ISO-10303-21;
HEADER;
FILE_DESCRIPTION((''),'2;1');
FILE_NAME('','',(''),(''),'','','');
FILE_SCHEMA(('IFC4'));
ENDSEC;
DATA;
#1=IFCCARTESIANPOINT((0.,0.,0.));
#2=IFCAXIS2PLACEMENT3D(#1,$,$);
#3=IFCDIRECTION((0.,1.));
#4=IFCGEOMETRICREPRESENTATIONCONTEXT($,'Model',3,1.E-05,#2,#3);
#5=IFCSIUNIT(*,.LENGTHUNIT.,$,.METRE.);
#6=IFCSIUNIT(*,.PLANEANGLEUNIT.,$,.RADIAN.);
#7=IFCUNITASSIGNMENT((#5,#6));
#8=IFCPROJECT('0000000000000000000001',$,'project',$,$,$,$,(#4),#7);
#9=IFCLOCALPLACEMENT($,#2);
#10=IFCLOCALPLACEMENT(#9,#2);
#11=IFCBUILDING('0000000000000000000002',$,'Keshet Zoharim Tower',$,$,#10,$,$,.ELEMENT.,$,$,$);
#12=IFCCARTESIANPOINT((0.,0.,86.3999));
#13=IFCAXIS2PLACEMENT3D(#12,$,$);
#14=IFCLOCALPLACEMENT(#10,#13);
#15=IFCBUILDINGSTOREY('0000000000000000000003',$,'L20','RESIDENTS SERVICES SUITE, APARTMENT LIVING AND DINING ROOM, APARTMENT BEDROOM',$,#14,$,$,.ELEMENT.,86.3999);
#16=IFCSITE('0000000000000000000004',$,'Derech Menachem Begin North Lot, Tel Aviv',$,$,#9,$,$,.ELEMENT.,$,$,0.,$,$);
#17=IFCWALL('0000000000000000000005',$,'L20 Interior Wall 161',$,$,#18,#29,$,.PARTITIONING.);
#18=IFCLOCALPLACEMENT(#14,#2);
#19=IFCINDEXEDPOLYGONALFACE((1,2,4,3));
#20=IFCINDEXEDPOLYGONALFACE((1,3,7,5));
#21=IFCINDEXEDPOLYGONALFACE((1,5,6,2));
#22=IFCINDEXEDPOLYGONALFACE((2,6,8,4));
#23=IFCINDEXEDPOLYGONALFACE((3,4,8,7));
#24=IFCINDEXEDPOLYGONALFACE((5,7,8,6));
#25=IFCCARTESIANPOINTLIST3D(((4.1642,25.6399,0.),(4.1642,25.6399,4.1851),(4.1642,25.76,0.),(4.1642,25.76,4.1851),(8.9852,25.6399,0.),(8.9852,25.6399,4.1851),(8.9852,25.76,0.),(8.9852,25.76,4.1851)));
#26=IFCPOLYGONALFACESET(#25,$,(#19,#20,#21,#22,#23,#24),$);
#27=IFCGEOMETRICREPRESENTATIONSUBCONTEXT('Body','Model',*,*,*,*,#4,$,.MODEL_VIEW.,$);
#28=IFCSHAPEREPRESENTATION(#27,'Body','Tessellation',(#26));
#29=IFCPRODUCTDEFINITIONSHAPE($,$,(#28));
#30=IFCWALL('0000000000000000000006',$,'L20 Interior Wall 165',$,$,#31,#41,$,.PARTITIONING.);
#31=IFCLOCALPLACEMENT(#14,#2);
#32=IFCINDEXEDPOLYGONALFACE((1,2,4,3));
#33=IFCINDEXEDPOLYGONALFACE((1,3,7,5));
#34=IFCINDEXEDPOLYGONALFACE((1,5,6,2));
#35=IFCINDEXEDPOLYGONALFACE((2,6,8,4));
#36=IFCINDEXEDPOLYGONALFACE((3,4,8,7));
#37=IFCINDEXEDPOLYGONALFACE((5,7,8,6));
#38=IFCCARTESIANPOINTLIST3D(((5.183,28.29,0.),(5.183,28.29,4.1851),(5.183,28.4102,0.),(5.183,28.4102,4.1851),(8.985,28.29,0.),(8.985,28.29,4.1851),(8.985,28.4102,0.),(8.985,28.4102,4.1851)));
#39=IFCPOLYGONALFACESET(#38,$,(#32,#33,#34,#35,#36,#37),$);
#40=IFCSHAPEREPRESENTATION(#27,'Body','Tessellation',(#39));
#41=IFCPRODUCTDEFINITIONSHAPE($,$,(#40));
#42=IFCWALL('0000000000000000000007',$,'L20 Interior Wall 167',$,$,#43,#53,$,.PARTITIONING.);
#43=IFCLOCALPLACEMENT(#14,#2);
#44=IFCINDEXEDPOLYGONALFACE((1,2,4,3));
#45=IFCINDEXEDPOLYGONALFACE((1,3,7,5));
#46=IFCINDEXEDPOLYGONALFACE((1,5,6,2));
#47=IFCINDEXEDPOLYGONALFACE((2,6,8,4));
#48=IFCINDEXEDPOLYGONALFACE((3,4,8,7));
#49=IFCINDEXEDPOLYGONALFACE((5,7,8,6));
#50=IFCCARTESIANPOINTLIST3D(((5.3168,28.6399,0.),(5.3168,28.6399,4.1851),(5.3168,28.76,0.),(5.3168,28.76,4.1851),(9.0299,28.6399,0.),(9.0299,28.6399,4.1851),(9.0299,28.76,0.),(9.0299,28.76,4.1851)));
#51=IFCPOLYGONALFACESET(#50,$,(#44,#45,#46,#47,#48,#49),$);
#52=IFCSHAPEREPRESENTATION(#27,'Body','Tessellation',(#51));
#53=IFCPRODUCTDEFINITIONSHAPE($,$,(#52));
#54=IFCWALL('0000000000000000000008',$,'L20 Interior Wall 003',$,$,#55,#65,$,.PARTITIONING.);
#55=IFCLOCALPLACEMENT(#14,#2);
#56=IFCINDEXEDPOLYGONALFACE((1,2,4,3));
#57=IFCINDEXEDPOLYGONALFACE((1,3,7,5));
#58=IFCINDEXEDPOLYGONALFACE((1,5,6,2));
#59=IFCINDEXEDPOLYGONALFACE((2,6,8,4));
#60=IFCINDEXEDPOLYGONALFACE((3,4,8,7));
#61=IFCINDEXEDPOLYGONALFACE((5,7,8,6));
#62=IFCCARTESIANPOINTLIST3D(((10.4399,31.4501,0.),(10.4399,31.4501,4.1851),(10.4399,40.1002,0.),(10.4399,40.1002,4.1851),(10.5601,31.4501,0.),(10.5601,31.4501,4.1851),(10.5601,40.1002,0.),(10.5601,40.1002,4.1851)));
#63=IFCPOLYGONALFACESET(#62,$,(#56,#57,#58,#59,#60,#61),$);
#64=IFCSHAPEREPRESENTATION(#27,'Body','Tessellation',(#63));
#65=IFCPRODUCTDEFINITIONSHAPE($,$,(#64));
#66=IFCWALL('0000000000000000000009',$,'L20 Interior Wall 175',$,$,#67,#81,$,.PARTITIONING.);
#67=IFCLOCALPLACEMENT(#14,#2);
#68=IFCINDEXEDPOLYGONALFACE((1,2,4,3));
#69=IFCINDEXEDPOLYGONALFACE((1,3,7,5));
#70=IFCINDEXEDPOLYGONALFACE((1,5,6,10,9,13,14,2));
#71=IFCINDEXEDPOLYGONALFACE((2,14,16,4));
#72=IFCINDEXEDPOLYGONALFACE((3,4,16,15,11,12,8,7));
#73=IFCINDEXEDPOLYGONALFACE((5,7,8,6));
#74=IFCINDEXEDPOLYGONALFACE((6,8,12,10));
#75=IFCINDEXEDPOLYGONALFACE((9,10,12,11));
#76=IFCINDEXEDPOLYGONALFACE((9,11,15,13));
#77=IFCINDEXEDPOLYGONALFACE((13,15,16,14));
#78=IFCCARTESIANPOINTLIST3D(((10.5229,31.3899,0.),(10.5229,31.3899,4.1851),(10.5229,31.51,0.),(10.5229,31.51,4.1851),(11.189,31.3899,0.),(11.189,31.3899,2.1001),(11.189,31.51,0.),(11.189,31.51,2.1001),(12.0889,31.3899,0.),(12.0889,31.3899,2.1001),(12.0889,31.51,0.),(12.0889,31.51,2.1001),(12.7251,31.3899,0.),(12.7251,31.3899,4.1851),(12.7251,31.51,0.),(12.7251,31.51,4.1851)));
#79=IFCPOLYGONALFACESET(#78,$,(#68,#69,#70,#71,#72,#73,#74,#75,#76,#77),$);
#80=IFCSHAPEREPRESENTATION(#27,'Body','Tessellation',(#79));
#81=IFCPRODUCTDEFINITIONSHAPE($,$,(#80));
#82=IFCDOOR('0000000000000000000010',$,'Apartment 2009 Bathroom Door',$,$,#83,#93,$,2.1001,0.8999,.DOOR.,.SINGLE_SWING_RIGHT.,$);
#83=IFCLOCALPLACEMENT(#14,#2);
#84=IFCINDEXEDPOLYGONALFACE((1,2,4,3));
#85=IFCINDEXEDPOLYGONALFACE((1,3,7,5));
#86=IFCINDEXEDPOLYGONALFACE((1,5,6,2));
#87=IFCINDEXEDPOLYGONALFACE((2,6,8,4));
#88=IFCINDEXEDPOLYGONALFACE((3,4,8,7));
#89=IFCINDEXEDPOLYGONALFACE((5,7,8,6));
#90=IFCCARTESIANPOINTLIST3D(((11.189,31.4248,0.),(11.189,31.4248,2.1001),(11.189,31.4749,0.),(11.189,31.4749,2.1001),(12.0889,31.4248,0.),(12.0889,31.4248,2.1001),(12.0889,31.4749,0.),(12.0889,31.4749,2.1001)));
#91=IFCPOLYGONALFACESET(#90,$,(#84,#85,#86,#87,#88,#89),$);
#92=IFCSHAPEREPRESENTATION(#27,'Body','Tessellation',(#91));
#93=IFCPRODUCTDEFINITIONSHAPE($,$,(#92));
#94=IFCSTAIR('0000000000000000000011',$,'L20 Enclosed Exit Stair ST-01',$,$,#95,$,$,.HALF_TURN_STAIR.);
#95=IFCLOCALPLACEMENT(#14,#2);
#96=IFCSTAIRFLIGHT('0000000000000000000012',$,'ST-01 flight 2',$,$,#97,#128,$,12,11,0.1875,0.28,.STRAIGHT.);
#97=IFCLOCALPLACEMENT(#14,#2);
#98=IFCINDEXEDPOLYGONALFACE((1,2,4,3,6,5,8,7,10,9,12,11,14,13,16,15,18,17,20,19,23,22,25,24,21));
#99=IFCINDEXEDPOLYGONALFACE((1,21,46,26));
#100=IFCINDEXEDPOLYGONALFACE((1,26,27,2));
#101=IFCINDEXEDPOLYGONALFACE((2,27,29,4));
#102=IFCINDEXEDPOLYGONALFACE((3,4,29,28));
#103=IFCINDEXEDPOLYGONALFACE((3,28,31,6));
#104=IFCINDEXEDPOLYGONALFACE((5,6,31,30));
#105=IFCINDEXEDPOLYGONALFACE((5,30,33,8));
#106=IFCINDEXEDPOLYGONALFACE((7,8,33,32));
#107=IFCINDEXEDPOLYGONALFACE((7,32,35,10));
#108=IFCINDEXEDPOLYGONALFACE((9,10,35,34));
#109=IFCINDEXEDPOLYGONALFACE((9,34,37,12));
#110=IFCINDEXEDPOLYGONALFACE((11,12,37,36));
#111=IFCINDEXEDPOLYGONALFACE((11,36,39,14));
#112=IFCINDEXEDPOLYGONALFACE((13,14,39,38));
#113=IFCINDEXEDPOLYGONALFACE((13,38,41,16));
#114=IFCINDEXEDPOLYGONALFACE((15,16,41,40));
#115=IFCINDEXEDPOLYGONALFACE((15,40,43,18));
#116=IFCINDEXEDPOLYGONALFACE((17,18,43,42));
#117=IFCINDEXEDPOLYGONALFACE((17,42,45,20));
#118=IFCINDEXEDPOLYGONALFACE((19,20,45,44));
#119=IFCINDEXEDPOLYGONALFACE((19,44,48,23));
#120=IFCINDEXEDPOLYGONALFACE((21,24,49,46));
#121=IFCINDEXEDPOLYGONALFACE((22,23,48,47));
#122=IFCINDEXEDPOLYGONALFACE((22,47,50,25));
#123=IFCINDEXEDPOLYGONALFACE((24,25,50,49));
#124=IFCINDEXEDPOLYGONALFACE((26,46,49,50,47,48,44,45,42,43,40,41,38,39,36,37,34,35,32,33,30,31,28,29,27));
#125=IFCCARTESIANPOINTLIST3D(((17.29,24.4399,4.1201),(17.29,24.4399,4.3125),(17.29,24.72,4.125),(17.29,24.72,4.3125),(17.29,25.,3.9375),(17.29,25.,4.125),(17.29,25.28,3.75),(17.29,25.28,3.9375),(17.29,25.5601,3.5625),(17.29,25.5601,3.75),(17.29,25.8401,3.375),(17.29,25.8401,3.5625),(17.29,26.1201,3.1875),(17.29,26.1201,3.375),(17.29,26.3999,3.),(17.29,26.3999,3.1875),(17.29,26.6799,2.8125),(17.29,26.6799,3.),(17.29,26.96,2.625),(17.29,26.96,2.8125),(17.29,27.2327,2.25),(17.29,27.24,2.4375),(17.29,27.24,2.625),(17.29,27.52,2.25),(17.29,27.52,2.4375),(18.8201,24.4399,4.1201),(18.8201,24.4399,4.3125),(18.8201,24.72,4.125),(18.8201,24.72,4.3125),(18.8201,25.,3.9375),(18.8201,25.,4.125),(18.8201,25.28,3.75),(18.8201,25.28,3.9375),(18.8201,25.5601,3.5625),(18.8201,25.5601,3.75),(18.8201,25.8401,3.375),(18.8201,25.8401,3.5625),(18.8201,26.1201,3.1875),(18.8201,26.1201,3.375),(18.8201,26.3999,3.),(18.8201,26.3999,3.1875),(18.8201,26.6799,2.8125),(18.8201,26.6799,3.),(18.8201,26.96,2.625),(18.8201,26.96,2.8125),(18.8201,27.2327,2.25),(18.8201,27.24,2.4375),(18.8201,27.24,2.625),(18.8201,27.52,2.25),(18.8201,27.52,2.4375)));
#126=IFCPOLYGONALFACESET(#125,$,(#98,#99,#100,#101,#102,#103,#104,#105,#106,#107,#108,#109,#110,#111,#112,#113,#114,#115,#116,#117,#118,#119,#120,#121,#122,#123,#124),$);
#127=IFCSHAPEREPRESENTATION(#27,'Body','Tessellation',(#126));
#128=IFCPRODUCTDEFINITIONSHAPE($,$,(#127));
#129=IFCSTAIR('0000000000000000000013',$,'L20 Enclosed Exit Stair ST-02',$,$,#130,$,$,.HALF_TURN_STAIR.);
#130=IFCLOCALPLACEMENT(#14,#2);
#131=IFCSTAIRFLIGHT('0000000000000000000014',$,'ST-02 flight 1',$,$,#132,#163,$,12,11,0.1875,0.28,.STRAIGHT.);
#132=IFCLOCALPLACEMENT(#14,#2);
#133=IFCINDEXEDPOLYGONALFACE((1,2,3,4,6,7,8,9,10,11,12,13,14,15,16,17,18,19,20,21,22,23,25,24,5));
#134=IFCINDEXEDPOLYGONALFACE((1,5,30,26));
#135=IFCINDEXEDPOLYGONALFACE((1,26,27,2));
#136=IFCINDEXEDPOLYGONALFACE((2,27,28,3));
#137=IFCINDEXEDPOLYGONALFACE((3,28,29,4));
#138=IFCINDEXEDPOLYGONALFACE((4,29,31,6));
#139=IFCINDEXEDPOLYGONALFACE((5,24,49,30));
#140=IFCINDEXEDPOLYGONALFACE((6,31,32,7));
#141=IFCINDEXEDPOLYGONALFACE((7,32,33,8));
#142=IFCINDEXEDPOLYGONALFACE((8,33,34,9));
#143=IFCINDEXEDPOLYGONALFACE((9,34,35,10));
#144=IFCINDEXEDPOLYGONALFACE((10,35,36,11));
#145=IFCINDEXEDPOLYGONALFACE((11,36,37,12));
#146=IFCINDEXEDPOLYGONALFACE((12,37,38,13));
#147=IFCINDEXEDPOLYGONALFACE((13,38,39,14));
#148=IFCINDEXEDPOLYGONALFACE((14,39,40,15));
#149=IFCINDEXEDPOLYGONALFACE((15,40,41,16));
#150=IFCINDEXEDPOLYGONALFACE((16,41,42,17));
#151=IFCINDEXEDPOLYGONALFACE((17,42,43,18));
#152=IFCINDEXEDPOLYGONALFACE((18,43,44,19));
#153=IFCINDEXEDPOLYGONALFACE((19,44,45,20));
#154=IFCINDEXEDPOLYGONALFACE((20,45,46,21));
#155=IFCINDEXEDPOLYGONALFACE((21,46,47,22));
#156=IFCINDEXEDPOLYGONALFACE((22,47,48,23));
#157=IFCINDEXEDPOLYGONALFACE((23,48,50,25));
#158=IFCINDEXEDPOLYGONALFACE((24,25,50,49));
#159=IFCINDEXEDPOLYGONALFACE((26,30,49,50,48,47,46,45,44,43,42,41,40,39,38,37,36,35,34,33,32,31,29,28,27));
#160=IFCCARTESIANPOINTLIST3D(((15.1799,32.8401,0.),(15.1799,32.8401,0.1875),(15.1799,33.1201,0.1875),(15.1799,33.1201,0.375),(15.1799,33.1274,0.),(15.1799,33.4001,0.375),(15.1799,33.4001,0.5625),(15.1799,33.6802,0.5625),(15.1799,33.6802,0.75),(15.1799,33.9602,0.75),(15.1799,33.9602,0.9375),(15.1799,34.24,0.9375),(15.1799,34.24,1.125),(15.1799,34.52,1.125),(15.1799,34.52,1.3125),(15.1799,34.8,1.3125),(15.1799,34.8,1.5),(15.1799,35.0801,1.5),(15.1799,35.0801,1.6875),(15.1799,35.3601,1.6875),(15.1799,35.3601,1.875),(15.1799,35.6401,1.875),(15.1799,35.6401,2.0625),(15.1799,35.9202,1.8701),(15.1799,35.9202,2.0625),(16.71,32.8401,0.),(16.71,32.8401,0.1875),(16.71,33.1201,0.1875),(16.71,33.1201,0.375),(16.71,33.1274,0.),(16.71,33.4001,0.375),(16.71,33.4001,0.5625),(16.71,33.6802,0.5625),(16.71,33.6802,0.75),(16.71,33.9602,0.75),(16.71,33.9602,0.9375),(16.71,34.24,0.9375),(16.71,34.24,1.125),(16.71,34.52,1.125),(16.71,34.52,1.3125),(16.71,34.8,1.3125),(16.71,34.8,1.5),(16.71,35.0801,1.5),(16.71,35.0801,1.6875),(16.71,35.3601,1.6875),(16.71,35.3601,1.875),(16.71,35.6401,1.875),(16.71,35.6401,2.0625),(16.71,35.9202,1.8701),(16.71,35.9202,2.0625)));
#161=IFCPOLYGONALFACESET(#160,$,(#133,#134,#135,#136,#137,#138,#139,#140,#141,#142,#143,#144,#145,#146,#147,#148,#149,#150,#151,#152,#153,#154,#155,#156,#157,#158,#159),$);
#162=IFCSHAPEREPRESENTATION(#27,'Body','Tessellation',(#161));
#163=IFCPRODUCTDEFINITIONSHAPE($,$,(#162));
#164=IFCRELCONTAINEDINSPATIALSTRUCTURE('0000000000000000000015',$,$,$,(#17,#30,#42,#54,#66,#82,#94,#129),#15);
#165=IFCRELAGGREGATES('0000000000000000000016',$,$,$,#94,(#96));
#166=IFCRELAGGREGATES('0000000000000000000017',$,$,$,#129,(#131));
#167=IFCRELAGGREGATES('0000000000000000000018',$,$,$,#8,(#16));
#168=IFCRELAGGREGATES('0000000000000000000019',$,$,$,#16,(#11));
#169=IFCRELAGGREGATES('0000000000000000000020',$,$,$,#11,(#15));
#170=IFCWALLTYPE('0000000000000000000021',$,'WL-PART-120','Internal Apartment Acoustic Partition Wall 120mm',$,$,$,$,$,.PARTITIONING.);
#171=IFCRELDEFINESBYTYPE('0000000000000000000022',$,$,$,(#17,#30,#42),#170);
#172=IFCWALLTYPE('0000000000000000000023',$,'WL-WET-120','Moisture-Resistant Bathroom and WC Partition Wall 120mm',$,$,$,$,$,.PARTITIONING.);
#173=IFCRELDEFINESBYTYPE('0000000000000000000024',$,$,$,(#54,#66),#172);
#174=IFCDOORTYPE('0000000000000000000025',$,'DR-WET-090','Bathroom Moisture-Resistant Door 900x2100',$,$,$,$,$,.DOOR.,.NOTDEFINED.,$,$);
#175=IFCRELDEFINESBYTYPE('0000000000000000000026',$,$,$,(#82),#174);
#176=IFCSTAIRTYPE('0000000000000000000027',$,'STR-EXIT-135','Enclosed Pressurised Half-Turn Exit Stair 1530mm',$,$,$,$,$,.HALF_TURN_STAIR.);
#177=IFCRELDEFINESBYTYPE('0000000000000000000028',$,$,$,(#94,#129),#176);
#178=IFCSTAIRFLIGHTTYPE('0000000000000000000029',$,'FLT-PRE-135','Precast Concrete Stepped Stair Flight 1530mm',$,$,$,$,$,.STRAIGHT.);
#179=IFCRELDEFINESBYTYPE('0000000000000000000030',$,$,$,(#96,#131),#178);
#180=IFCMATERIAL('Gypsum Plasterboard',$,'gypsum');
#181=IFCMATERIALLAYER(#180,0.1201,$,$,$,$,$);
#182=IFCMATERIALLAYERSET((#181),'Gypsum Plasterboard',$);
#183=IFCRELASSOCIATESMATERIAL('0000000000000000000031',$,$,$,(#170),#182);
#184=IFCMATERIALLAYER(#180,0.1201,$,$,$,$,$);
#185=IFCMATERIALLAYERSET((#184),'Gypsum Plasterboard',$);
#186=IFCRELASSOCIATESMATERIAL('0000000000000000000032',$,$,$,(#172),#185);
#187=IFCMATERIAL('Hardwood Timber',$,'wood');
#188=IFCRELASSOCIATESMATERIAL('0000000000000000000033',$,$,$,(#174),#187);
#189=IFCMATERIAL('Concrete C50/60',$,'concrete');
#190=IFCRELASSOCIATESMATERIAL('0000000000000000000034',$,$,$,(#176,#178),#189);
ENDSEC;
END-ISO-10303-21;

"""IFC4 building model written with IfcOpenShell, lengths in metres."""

from ifc_helpers import new_model, si_unit, direction, frame, frame_2d, origin, place, context, subcontext, project, spatial, polyline, rectangle, outline, extrude, material, layer, layer_set, type_object, element, fill, aggregate, save


model = new_model("IFC4")

# Units and contexts
model_context = context("Model", 3, precision=1e-05, world=origin(), true_north=direction((0.0, 1.0)))
body_context = subcontext(model_context, "Body", "Model", "MODEL_VIEW")
ifc_project = project(units=[si_unit("LENGTHUNIT", "METRE"), si_unit("PLANEANGLEUNIT", "RADIAN")], contexts=[model_context])

# Site, building, storey
site_placement = place(None, origin())
site = spatial("IfcSite", under=ifc_project, at=site_placement, Name="Derech Menachem Begin North Lot, Tel Aviv", CompositionType="ELEMENT", RefElevation=0.0)
building_placement = place(site_placement, origin())
building = spatial("IfcBuilding", under=site, at=building_placement, Name="Keshet Zoharim Tower", CompositionType="ELEMENT")
storey_placement = place(building_placement, frame((0.0, 0.0, 86.3999)))
storey = spatial("IfcBuildingStorey", under=building, at=storey_placement, Name="L20", Description="RESIDENTS SERVICES SUITE, APARTMENT LIVING AND DINING ROOM, APARTMENT BEDROOM", CompositionType="ELEMENT", Elevation=86.3999)

# Shared definitions
ifc_material_1 = material(Name="Hardwood Timber", Category="wood")

# Shared definitions
ifc_material_2 = material(Name="Gypsum Plasterboard", Category="gypsum")

# Shared definitions
ifc_layer_1 = layer(ifc_material_2, 0.1201)
ifc_layer_set_1 = layer_set([ifc_layer_1], Name="Gypsum Plasterboard")
wall_type_1 = type_object("IfcWallType", Name="WL-PART-120", Description="Internal Apartment Acoustic Partition Wall 120mm", PredefinedType="PARTITIONING", material=ifc_layer_set_1)

# Walls
wall_1_placement = place(storey_placement, frame((4.1641, 25.7, 0.0), z_axis=(0.0, 0.0, 1.0), x_axis=(1.0, 0.0, 0.0)))
element("IfcWall", 1, at=wall_1_placement, inside=storey, type_object=wall_type_1, Name="L20 Interior Wall 161", PredefinedType="PARTITIONING", context=body_context, shape_type="SweptSolid", body=[
    extrude(rectangle(XDim=4.821, YDim=0.1201, at=frame_2d((2.4106, 0.0))), origin(), (0.0, 0.0, 1.0), 4.1851),
])
wall_2_placement = place(storey_placement, frame((5.1831, 28.3501, 0.0), z_axis=(0.0, 0.0, 1.0), x_axis=(1.0, 0.0, 0.0)))
element("IfcWall", 2, at=wall_2_placement, inside=storey, type_object=wall_type_1, Name="L20 Interior Wall 165", PredefinedType="PARTITIONING", context=body_context, shape_type="SweptSolid", body=[
    extrude(rectangle(XDim=3.802, YDim=0.1201, at=frame_2d((1.9009, 0.0))), origin(), (0.0, 0.0, 1.0), 4.1851),
])
wall_3_placement = place(storey_placement, frame((5.3169, 28.7, 0.0), z_axis=(0.0, 0.0, 1.0), x_axis=(1.0, 0.0, 0.0)))
element("IfcWall", 3, at=wall_3_placement, inside=storey, type_object=wall_type_1, Name="L20 Interior Wall 167", PredefinedType="PARTITIONING", context=body_context, shape_type="SweptSolid", body=[
    extrude(rectangle(XDim=3.7131, YDim=0.1201, at=frame_2d((1.8564, 0.0))), origin(), (0.0, 0.0, 1.0), 4.1851),
])

# Wall
ifc_layer_2 = layer(ifc_material_2, 0.1201)
ifc_layer_set_2 = layer_set([ifc_layer_2], Name="Gypsum Plasterboard")
wall_type_2 = type_object("IfcWallType", Name="WL-WET-120", Description="Moisture-Resistant Bathroom and WC Partition Wall 120mm", PredefinedType="PARTITIONING", material=ifc_layer_set_2)
wall_4_placement = place(storey_placement, frame((10.5, 31.45, 0.0), z_axis=(0.0, 0.0, 1.0), x_axis=(0.0, 1.0, 0.0)))
element("IfcWall", 4, at=wall_4_placement, inside=storey, type_object=wall_type_2, Name="L20 Interior Wall 003", PredefinedType="PARTITIONING", context=body_context, shape_type="SweptSolid", body=[
    extrude(rectangle(XDim=8.6501, YDim=0.1201, at=frame_2d((4.3252, 0.0))), origin(), (0.0, 0.0, 1.0), 4.1851),
])

# Wall, opening, door
wall_5_placement = place(storey_placement, frame((10.5229, 31.45, 0.0), z_axis=(0.0, 0.0, 1.0), x_axis=(1.0, 0.0, 0.0)))
wall_5 = element("IfcWall", 5, at=wall_5_placement, inside=storey, type_object=wall_type_2, Name="L20 Interior Wall 175", PredefinedType="PARTITIONING", context=body_context, shape_type="SweptSolid", body=[
    extrude(rectangle(XDim=2.2021, YDim=0.1201, at=frame_2d((1.1011, 0.0))), origin(), (0.0, 0.0, 1.0), 4.1851),
])
opening_1_placement = place(wall_5_placement, frame((0.666, 0.0, 0.0)))
opening_1 = element("IfcOpeningElement", 6, at=opening_1_placement, cuts=wall_5, PredefinedType="OPENING", context=body_context, shape_type="SweptSolid", body=[
    extrude(rectangle(XDim=0.8999, YDim=2.1001, at=frame_2d((0.45, 1.05))), frame((0.0, 0.0701, 0.0), z_axis=(0.0, -1.0, 0.0), x_axis=(1.0, 0.0, 0.0)), (0.0, 0.0, 1.0), 0.1401),
])
door_type_1 = type_object("IfcDoorType", Name="DR-WET-090", Description="Bathroom Moisture-Resistant Door 900x2100", OperationType="NOTDEFINED", PredefinedType="DOOR", material=ifc_material_1)
door_1_placement = place(opening_1_placement, origin())
door_1 = element("IfcDoor", 7, at=door_1_placement, inside=storey, type_object=door_type_1, Name="Apartment 2009 Bathroom Door", OperationType="SINGLE_SWING_RIGHT", OverallHeight=2.1001, OverallWidth=0.8999, PredefinedType="DOOR", context=body_context, shape_type="SweptSolid", body=[
    extrude(rectangle(XDim=0.8999, YDim=2.1001, at=frame_2d((0.45, 1.05))), frame((0.0, 0.0249, 0.0), z_axis=(0.0, -1.0, 0.0), x_axis=(1.0, 0.0, 0.0)), (0.0, 0.0, 1.0), 0.05),
])
fill(opening_1, door_1)

# Stair, stair flight
ifc_material_3 = material(Name="Concrete C50/60", Category="concrete")
stair_type = type_object("IfcStairType", Name="STR-EXIT-135", Description="Enclosed Pressurised Half-Turn Exit Stair 1530mm", PredefinedType="HALF_TURN_STAIR", material=ifc_material_3)
stair_1_placement = place(storey_placement, origin())
stair_1 = element("IfcStair", 8, at=stair_1_placement, inside=storey, type_object=stair_type, Name="L20 Enclosed Exit Stair ST-01", PredefinedType="HALF_TURN_STAIR")
stair_flight_type = type_object("IfcStairFlightType", Name="FLT-PRE-135", Description="Precast Concrete Stepped Stair Flight 1530mm", PredefinedType="STRAIGHT", material=ifc_material_3)
stair_flight_1_placement = place(storey_placement, frame((18.0549, 27.52, 2.25), z_axis=(0.0, 0.0, 1.0), x_axis=(0.0, -1.0, 0.0)))
stair_flight_1 = element("IfcStairFlight", 9, at=stair_flight_1_placement, type_object=stair_flight_type, Name="ST-01 flight 2", NumberOfRisers=12, NumberOfTreads=11, PredefinedType="STRAIGHT", RiserHeight=0.1875, TreadLength=0.28, context=body_context, shape_type="SweptSolid", body=[
    extrude(outline(polyline([(0.0, 0.0), (0.0, 0.1875), (0.28, 0.1875), (0.28, 0.375), (0.5601, 0.375), (0.5601, 0.5625), (0.8401, 0.5625), (0.8401, 0.75), (1.1201, 0.75), (1.1201, 0.9375), (1.3999, 0.9375), (1.3999, 1.125), (1.6799, 1.125), (1.6799, 1.3125), (1.96, 1.3125), (1.96, 1.5), (2.24, 1.5), (2.24, 1.6875), (2.52, 1.6875), (2.52, 1.875), (2.8, 1.875), (2.8, 2.0625), (3.0801, 2.0625), (3.0801, 2.25), (3.0801, 1.8701), (0.2874, 0.0), (0.0, 0.0)])), frame((0.0, 0.7651, 0.0), z_axis=(0.0, -1.0, 0.0), x_axis=(1.0, 0.0, 0.0)), (0.0, 0.0, 1.0), 1.53),
])
aggregate(stair_1, [stair_flight_1])

# Stair, stair flight
stair_2_placement = place(storey_placement, origin())
stair_2 = element("IfcStair", 10, at=stair_2_placement, inside=storey, type_object=stair_type, Name="L20 Enclosed Exit Stair ST-02", PredefinedType="HALF_TURN_STAIR")
stair_flight_2_placement = place(storey_placement, frame((15.9451, 32.8401, 0.0), z_axis=(0.0, 0.0, 1.0), x_axis=(0.0, 1.0, 0.0)))
stair_flight_2 = element("IfcStairFlight", 11, at=stair_flight_2_placement, type_object=stair_flight_type, Name="ST-02 flight 1", NumberOfRisers=12, NumberOfTreads=11, PredefinedType="STRAIGHT", RiserHeight=0.1875, TreadLength=0.28, context=body_context, shape_type="SweptSolid", body=[
    extrude(outline(polyline([(0.0, 0.0), (0.0, 0.1875), (0.28, 0.1875), (0.28, 0.375), (0.5601, 0.375), (0.5601, 0.5625), (0.8401, 0.5625), (0.8401, 0.75), (1.1201, 0.75), (1.1201, 0.9375), (1.3999, 0.9375), (1.3999, 1.125), (1.6799, 1.125), (1.6799, 1.3125), (1.96, 1.3125), (1.96, 1.5), (2.24, 1.5), (2.24, 1.6875), (2.52, 1.6875), (2.52, 1.875), (2.8, 1.875), (2.8, 2.0625), (3.0801, 2.0625), (3.0801, 2.25), (3.0801, 1.8701), (0.2874, 0.0), (0.0, 0.0)])), frame((0.0, 0.7651, 0.0), z_axis=(0.0, -1.0, 0.0), x_axis=(1.0, 0.0, 0.0)), (0.0, 0.0, 1.0), 1.53),
])
aggregate(stair_2, [stair_flight_2])

save(model, "model.ifc")
